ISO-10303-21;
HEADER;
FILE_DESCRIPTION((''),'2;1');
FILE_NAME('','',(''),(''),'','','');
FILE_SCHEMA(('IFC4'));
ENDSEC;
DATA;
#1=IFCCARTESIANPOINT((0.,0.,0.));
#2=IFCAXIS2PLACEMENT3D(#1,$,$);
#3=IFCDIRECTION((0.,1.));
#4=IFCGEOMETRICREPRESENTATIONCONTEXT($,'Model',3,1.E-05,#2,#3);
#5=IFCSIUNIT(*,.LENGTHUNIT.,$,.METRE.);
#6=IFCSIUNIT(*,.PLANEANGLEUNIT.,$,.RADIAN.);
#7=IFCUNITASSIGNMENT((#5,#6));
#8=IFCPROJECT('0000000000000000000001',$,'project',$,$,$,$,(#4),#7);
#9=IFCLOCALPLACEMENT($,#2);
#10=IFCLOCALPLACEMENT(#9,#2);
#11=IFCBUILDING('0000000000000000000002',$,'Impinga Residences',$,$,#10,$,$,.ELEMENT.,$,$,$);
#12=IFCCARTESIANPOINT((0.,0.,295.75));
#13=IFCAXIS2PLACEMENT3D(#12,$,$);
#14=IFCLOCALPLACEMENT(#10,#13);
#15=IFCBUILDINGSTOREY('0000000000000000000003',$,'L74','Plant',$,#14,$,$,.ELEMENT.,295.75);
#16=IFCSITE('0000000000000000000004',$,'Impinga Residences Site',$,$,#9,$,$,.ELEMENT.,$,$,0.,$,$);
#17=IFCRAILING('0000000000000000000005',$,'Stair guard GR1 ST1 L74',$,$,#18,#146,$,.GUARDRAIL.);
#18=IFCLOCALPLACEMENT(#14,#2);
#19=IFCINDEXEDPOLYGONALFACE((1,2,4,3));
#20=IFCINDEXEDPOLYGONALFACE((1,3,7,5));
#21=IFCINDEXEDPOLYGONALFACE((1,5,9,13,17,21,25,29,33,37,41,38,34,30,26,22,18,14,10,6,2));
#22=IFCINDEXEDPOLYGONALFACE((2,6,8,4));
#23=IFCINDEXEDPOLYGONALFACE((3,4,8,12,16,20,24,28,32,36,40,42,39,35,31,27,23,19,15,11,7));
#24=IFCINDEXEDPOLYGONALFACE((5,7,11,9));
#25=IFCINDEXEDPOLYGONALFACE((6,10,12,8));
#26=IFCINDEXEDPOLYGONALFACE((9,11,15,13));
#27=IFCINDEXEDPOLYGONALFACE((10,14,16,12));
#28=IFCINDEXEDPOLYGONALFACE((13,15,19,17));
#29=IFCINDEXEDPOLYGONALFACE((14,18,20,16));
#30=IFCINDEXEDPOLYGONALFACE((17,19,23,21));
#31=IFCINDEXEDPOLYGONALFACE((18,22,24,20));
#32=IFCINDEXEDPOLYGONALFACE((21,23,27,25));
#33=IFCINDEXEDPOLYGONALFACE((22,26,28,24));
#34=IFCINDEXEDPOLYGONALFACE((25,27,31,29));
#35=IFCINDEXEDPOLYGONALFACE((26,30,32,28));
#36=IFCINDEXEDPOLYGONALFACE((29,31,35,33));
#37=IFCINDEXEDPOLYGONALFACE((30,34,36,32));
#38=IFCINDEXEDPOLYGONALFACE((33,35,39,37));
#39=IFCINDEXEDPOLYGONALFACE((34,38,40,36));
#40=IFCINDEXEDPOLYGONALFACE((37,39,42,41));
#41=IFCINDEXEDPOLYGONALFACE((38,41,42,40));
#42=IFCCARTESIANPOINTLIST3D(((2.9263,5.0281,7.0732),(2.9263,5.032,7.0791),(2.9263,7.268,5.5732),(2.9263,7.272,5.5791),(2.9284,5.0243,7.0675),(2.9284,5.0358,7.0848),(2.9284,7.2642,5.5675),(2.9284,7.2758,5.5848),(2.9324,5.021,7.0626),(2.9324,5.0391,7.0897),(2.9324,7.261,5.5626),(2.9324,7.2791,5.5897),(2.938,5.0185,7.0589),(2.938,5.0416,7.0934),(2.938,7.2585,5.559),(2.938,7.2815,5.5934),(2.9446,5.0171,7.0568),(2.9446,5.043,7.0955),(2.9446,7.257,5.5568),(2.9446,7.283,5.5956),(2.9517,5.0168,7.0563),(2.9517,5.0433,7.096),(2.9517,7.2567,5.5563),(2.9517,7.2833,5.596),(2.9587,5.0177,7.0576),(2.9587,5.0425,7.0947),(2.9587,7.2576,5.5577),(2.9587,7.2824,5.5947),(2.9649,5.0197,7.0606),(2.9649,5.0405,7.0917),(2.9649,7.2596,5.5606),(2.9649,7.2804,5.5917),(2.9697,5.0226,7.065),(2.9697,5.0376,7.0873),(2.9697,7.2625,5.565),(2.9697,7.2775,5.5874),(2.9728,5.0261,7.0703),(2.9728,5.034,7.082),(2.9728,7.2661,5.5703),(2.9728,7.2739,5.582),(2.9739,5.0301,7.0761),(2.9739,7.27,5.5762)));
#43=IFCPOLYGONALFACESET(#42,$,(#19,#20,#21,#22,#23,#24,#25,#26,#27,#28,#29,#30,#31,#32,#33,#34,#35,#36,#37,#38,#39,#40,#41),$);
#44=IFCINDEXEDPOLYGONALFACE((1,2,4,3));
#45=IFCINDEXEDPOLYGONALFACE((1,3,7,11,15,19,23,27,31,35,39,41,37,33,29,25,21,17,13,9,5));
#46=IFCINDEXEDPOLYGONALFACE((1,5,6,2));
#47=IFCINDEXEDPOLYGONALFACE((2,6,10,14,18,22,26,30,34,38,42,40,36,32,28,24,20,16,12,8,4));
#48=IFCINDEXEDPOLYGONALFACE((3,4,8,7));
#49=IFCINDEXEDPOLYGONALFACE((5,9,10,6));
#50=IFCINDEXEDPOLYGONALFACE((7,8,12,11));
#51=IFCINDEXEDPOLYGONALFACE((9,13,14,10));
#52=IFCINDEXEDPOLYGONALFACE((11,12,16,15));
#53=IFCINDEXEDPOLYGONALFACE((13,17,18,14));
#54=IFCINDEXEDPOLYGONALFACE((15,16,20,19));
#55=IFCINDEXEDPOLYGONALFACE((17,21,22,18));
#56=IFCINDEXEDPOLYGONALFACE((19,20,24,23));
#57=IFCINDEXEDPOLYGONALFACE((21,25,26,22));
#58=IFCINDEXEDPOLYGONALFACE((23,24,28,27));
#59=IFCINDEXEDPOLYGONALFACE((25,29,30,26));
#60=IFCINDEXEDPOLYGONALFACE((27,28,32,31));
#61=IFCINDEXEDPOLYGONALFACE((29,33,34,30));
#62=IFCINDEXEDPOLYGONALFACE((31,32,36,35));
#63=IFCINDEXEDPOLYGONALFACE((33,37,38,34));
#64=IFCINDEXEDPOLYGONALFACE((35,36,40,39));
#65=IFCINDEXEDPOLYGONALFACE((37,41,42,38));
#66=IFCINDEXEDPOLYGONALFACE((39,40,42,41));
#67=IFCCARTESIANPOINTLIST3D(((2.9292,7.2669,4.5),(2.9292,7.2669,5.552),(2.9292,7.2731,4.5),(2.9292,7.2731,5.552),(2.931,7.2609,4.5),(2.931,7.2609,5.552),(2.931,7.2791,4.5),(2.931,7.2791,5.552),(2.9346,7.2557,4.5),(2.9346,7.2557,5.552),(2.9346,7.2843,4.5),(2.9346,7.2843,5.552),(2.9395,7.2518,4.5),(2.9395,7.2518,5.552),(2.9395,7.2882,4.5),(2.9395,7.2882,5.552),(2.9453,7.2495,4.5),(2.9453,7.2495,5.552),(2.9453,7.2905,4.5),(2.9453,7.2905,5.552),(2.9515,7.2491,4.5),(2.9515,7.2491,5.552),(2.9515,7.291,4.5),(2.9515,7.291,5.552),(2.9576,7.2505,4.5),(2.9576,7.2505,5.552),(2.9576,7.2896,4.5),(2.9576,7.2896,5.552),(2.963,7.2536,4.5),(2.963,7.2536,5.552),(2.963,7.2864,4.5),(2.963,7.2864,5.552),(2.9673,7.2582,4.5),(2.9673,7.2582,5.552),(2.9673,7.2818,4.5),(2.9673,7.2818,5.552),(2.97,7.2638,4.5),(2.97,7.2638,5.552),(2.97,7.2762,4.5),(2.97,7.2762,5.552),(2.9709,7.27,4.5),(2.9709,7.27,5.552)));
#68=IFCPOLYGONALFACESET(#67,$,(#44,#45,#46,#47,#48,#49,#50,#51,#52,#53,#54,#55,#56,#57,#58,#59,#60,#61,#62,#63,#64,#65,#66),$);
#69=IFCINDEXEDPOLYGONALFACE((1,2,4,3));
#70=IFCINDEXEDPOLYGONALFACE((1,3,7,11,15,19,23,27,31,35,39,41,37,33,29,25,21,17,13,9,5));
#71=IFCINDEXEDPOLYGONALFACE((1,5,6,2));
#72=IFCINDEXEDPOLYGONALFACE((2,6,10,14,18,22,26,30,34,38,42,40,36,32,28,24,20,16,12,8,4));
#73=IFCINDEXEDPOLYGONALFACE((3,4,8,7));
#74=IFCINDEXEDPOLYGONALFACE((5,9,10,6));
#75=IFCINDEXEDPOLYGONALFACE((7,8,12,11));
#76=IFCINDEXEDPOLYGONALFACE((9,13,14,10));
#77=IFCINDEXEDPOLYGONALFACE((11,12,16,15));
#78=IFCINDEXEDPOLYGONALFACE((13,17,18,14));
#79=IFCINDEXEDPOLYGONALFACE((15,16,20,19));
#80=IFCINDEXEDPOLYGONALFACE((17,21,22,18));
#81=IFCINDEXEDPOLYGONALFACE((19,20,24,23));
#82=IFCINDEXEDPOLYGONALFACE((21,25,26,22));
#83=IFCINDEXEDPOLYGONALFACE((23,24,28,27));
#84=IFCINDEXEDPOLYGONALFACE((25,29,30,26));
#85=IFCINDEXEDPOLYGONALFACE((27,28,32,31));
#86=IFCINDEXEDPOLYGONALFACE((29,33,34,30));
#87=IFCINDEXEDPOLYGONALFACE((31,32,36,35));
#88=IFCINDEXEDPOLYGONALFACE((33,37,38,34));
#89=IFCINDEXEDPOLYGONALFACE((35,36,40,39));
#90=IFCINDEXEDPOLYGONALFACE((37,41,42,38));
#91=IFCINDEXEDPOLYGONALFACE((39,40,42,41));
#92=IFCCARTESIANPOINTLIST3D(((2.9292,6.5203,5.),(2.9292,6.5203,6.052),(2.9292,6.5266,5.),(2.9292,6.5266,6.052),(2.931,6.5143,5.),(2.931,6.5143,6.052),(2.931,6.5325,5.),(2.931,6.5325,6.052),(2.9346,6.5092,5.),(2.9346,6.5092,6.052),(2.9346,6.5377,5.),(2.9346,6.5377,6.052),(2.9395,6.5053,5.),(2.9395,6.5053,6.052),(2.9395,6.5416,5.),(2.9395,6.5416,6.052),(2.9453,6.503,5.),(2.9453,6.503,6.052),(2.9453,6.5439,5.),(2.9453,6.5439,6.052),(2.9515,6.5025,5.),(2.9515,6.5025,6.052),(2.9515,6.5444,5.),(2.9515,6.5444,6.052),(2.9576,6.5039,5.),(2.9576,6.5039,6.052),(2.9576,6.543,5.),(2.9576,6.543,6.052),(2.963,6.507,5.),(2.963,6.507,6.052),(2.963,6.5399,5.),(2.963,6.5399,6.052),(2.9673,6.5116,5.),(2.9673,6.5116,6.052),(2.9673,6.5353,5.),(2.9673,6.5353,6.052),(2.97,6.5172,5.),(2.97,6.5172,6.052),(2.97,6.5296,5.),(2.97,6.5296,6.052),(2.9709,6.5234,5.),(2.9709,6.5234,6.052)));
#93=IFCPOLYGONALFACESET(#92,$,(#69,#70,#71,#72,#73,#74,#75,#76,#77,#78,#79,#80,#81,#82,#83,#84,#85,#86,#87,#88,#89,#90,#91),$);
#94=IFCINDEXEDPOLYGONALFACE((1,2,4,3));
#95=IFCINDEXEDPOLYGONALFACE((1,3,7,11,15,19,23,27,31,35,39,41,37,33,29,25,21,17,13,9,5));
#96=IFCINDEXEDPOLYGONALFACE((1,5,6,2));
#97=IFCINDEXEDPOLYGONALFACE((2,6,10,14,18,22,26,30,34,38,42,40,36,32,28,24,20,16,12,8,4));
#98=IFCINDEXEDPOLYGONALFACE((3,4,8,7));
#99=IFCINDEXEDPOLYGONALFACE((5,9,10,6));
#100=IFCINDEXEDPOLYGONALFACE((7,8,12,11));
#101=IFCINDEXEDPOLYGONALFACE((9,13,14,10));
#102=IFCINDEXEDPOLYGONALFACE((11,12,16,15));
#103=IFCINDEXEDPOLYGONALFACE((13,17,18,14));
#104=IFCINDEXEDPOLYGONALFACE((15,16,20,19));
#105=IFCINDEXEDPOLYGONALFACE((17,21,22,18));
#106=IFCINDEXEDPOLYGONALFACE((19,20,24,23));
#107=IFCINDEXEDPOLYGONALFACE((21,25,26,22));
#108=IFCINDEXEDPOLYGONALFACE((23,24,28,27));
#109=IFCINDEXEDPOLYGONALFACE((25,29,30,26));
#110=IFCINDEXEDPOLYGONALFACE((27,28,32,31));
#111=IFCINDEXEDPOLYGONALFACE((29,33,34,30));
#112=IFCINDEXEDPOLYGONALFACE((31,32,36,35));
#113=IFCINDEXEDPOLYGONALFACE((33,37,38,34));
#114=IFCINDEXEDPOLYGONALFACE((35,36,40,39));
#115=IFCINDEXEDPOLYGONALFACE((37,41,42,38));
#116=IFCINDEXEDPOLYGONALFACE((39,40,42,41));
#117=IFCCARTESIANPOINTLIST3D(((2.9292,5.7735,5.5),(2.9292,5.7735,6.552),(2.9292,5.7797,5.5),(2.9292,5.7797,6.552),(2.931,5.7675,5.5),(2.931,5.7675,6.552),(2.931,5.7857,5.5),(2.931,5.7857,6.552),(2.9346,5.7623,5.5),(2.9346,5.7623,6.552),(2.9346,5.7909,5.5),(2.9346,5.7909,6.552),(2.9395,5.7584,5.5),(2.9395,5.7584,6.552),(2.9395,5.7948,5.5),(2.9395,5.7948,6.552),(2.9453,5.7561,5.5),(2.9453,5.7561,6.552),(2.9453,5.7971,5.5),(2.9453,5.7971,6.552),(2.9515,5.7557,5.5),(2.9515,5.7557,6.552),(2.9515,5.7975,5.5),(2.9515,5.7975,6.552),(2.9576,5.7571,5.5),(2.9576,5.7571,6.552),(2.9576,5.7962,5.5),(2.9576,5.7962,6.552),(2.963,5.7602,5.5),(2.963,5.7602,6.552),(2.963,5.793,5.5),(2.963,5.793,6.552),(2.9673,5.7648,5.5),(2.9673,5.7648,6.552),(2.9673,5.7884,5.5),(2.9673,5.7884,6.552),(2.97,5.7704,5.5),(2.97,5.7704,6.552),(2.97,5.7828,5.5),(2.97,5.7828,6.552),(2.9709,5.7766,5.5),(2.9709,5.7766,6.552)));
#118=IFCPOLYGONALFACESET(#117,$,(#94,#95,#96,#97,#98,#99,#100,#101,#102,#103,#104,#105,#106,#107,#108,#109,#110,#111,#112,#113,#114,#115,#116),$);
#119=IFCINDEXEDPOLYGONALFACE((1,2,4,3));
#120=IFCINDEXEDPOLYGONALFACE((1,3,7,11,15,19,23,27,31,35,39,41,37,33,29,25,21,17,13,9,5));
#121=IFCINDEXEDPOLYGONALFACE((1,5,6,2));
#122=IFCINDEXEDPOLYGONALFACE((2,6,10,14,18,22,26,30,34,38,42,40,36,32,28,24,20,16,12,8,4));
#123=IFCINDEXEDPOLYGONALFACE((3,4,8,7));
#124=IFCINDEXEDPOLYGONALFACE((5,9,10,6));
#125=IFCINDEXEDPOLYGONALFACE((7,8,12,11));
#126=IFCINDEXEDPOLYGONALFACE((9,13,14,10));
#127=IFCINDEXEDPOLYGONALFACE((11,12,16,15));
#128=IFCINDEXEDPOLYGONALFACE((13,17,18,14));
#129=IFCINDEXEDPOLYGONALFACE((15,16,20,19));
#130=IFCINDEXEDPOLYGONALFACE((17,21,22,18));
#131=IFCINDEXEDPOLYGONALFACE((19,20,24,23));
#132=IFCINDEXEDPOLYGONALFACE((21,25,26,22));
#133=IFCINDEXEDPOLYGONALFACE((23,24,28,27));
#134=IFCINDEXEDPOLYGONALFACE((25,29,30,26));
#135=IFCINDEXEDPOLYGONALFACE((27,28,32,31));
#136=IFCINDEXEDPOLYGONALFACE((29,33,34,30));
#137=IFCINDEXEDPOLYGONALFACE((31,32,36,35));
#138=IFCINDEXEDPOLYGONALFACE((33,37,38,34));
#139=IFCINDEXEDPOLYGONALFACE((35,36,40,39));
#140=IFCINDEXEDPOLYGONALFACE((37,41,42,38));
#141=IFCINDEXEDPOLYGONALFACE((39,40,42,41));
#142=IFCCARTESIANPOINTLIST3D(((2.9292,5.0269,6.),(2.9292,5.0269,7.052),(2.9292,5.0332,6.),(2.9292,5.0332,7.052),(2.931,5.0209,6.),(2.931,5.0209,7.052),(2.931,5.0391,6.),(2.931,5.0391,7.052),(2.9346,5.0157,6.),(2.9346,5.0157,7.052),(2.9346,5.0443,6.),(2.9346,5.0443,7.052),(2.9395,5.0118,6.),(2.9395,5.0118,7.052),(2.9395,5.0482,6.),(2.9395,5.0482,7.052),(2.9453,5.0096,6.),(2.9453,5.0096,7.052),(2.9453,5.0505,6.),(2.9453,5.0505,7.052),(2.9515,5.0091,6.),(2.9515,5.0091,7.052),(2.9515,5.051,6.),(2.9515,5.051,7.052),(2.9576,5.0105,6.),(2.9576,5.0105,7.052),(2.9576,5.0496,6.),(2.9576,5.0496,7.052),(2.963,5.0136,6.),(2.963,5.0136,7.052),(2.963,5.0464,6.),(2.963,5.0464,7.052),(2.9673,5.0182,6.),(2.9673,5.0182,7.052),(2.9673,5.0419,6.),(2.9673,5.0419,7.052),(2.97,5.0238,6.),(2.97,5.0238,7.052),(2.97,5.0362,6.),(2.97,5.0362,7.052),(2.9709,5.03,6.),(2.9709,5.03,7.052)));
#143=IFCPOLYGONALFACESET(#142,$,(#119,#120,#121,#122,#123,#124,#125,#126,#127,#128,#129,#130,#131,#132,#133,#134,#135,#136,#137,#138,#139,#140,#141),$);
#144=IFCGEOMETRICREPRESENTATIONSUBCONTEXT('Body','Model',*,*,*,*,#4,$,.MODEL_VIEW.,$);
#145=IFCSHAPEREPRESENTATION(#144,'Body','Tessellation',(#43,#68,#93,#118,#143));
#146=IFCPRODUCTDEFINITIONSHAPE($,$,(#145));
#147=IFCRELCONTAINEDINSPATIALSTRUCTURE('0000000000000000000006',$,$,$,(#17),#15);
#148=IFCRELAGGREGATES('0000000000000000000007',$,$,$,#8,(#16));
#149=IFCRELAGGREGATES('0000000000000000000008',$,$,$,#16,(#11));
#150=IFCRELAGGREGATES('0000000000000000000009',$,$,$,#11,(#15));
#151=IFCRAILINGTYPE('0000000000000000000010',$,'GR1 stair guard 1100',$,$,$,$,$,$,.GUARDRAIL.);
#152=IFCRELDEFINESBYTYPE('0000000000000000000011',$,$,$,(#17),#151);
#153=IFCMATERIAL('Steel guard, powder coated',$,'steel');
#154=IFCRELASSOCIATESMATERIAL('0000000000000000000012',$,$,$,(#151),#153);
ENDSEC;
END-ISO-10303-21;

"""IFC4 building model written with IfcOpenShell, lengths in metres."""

from ifc_helpers import new_model, si_unit, direction, frame, origin, origin_2d, place, context, subcontext, project, spatial, circle, extrude, material, type_object, element, save


model = new_model("IFC4")

# Units and contexts
model_context = context("Model", 3, precision=1e-05, world=origin(), true_north=direction((0.0, 1.0)))
body_context = subcontext(model_context, "Body", "Model", "MODEL_VIEW")
ifc_project = project(units=[si_unit("LENGTHUNIT", "METRE"), si_unit("PLANEANGLEUNIT", "RADIAN")], contexts=[model_context])

# Site, building, storey
site_placement = place(None, origin())
site = spatial("IfcSite", under=ifc_project, at=site_placement, Name="Impinga Residences Site", CompositionType="ELEMENT", RefElevation=0.0)
building_placement = place(site_placement, origin())
building = spatial("IfcBuilding", under=site, at=building_placement, Name="Impinga Residences", CompositionType="ELEMENT")
storey_placement = place(building_placement, frame((0.0, 0.0, 295.75)))
storey = spatial("IfcBuildingStorey", under=building, at=storey_placement, Name="L74", Description="Plant", CompositionType="ELEMENT", Elevation=295.75)

# Railing
ifc_material_1 = material(Name="Steel guard, powder coated", Category="steel")
railing_type_1 = type_object("IfcRailingType", Name="GR1 stair guard 1100", PredefinedType="GUARDRAIL", material=ifc_material_1)
for number, where, name in (
    (1, (2.95, 7.27, 4.5), "Stair guard GR1 ST1 L74"),
):
    element("IfcRailing", number, at=place(storey_placement, frame(where)), inside=storey, type_object=railing_type_1, Name=name, PredefinedType="GUARDRAIL", context=body_context, shape_type="SweptSolid", body=[
        extrude(circle(Radius=0.0239, at=origin_2d()), frame((0.0, 0.0, 1.0762), z_axis=(0.0, -0.830906, 0.556413), x_axis=(1.0, 0.0, 0.0)), (0.0, 0.0, 1.0), 2.6958),
        extrude(circle(Radius=0.021, at=origin_2d()), origin(), (0.0, 0.0, 1.0), 1.052),
        extrude(circle(Radius=0.021, at=origin_2d()), frame((0.0, -0.7466, 0.5)), (0.0, 0.0, 1.0), 1.052),
        extrude(circle(Radius=0.021, at=origin_2d()), frame((0.0, -1.4934, 1.0)), (0.0, 0.0, 1.0), 1.052),
        extrude(circle(Radius=0.021, at=origin_2d()), frame((0.0, -2.24, 1.5)), (0.0, 0.0, 1.0), 1.052),
    ])

save(model, "model.ifc")
